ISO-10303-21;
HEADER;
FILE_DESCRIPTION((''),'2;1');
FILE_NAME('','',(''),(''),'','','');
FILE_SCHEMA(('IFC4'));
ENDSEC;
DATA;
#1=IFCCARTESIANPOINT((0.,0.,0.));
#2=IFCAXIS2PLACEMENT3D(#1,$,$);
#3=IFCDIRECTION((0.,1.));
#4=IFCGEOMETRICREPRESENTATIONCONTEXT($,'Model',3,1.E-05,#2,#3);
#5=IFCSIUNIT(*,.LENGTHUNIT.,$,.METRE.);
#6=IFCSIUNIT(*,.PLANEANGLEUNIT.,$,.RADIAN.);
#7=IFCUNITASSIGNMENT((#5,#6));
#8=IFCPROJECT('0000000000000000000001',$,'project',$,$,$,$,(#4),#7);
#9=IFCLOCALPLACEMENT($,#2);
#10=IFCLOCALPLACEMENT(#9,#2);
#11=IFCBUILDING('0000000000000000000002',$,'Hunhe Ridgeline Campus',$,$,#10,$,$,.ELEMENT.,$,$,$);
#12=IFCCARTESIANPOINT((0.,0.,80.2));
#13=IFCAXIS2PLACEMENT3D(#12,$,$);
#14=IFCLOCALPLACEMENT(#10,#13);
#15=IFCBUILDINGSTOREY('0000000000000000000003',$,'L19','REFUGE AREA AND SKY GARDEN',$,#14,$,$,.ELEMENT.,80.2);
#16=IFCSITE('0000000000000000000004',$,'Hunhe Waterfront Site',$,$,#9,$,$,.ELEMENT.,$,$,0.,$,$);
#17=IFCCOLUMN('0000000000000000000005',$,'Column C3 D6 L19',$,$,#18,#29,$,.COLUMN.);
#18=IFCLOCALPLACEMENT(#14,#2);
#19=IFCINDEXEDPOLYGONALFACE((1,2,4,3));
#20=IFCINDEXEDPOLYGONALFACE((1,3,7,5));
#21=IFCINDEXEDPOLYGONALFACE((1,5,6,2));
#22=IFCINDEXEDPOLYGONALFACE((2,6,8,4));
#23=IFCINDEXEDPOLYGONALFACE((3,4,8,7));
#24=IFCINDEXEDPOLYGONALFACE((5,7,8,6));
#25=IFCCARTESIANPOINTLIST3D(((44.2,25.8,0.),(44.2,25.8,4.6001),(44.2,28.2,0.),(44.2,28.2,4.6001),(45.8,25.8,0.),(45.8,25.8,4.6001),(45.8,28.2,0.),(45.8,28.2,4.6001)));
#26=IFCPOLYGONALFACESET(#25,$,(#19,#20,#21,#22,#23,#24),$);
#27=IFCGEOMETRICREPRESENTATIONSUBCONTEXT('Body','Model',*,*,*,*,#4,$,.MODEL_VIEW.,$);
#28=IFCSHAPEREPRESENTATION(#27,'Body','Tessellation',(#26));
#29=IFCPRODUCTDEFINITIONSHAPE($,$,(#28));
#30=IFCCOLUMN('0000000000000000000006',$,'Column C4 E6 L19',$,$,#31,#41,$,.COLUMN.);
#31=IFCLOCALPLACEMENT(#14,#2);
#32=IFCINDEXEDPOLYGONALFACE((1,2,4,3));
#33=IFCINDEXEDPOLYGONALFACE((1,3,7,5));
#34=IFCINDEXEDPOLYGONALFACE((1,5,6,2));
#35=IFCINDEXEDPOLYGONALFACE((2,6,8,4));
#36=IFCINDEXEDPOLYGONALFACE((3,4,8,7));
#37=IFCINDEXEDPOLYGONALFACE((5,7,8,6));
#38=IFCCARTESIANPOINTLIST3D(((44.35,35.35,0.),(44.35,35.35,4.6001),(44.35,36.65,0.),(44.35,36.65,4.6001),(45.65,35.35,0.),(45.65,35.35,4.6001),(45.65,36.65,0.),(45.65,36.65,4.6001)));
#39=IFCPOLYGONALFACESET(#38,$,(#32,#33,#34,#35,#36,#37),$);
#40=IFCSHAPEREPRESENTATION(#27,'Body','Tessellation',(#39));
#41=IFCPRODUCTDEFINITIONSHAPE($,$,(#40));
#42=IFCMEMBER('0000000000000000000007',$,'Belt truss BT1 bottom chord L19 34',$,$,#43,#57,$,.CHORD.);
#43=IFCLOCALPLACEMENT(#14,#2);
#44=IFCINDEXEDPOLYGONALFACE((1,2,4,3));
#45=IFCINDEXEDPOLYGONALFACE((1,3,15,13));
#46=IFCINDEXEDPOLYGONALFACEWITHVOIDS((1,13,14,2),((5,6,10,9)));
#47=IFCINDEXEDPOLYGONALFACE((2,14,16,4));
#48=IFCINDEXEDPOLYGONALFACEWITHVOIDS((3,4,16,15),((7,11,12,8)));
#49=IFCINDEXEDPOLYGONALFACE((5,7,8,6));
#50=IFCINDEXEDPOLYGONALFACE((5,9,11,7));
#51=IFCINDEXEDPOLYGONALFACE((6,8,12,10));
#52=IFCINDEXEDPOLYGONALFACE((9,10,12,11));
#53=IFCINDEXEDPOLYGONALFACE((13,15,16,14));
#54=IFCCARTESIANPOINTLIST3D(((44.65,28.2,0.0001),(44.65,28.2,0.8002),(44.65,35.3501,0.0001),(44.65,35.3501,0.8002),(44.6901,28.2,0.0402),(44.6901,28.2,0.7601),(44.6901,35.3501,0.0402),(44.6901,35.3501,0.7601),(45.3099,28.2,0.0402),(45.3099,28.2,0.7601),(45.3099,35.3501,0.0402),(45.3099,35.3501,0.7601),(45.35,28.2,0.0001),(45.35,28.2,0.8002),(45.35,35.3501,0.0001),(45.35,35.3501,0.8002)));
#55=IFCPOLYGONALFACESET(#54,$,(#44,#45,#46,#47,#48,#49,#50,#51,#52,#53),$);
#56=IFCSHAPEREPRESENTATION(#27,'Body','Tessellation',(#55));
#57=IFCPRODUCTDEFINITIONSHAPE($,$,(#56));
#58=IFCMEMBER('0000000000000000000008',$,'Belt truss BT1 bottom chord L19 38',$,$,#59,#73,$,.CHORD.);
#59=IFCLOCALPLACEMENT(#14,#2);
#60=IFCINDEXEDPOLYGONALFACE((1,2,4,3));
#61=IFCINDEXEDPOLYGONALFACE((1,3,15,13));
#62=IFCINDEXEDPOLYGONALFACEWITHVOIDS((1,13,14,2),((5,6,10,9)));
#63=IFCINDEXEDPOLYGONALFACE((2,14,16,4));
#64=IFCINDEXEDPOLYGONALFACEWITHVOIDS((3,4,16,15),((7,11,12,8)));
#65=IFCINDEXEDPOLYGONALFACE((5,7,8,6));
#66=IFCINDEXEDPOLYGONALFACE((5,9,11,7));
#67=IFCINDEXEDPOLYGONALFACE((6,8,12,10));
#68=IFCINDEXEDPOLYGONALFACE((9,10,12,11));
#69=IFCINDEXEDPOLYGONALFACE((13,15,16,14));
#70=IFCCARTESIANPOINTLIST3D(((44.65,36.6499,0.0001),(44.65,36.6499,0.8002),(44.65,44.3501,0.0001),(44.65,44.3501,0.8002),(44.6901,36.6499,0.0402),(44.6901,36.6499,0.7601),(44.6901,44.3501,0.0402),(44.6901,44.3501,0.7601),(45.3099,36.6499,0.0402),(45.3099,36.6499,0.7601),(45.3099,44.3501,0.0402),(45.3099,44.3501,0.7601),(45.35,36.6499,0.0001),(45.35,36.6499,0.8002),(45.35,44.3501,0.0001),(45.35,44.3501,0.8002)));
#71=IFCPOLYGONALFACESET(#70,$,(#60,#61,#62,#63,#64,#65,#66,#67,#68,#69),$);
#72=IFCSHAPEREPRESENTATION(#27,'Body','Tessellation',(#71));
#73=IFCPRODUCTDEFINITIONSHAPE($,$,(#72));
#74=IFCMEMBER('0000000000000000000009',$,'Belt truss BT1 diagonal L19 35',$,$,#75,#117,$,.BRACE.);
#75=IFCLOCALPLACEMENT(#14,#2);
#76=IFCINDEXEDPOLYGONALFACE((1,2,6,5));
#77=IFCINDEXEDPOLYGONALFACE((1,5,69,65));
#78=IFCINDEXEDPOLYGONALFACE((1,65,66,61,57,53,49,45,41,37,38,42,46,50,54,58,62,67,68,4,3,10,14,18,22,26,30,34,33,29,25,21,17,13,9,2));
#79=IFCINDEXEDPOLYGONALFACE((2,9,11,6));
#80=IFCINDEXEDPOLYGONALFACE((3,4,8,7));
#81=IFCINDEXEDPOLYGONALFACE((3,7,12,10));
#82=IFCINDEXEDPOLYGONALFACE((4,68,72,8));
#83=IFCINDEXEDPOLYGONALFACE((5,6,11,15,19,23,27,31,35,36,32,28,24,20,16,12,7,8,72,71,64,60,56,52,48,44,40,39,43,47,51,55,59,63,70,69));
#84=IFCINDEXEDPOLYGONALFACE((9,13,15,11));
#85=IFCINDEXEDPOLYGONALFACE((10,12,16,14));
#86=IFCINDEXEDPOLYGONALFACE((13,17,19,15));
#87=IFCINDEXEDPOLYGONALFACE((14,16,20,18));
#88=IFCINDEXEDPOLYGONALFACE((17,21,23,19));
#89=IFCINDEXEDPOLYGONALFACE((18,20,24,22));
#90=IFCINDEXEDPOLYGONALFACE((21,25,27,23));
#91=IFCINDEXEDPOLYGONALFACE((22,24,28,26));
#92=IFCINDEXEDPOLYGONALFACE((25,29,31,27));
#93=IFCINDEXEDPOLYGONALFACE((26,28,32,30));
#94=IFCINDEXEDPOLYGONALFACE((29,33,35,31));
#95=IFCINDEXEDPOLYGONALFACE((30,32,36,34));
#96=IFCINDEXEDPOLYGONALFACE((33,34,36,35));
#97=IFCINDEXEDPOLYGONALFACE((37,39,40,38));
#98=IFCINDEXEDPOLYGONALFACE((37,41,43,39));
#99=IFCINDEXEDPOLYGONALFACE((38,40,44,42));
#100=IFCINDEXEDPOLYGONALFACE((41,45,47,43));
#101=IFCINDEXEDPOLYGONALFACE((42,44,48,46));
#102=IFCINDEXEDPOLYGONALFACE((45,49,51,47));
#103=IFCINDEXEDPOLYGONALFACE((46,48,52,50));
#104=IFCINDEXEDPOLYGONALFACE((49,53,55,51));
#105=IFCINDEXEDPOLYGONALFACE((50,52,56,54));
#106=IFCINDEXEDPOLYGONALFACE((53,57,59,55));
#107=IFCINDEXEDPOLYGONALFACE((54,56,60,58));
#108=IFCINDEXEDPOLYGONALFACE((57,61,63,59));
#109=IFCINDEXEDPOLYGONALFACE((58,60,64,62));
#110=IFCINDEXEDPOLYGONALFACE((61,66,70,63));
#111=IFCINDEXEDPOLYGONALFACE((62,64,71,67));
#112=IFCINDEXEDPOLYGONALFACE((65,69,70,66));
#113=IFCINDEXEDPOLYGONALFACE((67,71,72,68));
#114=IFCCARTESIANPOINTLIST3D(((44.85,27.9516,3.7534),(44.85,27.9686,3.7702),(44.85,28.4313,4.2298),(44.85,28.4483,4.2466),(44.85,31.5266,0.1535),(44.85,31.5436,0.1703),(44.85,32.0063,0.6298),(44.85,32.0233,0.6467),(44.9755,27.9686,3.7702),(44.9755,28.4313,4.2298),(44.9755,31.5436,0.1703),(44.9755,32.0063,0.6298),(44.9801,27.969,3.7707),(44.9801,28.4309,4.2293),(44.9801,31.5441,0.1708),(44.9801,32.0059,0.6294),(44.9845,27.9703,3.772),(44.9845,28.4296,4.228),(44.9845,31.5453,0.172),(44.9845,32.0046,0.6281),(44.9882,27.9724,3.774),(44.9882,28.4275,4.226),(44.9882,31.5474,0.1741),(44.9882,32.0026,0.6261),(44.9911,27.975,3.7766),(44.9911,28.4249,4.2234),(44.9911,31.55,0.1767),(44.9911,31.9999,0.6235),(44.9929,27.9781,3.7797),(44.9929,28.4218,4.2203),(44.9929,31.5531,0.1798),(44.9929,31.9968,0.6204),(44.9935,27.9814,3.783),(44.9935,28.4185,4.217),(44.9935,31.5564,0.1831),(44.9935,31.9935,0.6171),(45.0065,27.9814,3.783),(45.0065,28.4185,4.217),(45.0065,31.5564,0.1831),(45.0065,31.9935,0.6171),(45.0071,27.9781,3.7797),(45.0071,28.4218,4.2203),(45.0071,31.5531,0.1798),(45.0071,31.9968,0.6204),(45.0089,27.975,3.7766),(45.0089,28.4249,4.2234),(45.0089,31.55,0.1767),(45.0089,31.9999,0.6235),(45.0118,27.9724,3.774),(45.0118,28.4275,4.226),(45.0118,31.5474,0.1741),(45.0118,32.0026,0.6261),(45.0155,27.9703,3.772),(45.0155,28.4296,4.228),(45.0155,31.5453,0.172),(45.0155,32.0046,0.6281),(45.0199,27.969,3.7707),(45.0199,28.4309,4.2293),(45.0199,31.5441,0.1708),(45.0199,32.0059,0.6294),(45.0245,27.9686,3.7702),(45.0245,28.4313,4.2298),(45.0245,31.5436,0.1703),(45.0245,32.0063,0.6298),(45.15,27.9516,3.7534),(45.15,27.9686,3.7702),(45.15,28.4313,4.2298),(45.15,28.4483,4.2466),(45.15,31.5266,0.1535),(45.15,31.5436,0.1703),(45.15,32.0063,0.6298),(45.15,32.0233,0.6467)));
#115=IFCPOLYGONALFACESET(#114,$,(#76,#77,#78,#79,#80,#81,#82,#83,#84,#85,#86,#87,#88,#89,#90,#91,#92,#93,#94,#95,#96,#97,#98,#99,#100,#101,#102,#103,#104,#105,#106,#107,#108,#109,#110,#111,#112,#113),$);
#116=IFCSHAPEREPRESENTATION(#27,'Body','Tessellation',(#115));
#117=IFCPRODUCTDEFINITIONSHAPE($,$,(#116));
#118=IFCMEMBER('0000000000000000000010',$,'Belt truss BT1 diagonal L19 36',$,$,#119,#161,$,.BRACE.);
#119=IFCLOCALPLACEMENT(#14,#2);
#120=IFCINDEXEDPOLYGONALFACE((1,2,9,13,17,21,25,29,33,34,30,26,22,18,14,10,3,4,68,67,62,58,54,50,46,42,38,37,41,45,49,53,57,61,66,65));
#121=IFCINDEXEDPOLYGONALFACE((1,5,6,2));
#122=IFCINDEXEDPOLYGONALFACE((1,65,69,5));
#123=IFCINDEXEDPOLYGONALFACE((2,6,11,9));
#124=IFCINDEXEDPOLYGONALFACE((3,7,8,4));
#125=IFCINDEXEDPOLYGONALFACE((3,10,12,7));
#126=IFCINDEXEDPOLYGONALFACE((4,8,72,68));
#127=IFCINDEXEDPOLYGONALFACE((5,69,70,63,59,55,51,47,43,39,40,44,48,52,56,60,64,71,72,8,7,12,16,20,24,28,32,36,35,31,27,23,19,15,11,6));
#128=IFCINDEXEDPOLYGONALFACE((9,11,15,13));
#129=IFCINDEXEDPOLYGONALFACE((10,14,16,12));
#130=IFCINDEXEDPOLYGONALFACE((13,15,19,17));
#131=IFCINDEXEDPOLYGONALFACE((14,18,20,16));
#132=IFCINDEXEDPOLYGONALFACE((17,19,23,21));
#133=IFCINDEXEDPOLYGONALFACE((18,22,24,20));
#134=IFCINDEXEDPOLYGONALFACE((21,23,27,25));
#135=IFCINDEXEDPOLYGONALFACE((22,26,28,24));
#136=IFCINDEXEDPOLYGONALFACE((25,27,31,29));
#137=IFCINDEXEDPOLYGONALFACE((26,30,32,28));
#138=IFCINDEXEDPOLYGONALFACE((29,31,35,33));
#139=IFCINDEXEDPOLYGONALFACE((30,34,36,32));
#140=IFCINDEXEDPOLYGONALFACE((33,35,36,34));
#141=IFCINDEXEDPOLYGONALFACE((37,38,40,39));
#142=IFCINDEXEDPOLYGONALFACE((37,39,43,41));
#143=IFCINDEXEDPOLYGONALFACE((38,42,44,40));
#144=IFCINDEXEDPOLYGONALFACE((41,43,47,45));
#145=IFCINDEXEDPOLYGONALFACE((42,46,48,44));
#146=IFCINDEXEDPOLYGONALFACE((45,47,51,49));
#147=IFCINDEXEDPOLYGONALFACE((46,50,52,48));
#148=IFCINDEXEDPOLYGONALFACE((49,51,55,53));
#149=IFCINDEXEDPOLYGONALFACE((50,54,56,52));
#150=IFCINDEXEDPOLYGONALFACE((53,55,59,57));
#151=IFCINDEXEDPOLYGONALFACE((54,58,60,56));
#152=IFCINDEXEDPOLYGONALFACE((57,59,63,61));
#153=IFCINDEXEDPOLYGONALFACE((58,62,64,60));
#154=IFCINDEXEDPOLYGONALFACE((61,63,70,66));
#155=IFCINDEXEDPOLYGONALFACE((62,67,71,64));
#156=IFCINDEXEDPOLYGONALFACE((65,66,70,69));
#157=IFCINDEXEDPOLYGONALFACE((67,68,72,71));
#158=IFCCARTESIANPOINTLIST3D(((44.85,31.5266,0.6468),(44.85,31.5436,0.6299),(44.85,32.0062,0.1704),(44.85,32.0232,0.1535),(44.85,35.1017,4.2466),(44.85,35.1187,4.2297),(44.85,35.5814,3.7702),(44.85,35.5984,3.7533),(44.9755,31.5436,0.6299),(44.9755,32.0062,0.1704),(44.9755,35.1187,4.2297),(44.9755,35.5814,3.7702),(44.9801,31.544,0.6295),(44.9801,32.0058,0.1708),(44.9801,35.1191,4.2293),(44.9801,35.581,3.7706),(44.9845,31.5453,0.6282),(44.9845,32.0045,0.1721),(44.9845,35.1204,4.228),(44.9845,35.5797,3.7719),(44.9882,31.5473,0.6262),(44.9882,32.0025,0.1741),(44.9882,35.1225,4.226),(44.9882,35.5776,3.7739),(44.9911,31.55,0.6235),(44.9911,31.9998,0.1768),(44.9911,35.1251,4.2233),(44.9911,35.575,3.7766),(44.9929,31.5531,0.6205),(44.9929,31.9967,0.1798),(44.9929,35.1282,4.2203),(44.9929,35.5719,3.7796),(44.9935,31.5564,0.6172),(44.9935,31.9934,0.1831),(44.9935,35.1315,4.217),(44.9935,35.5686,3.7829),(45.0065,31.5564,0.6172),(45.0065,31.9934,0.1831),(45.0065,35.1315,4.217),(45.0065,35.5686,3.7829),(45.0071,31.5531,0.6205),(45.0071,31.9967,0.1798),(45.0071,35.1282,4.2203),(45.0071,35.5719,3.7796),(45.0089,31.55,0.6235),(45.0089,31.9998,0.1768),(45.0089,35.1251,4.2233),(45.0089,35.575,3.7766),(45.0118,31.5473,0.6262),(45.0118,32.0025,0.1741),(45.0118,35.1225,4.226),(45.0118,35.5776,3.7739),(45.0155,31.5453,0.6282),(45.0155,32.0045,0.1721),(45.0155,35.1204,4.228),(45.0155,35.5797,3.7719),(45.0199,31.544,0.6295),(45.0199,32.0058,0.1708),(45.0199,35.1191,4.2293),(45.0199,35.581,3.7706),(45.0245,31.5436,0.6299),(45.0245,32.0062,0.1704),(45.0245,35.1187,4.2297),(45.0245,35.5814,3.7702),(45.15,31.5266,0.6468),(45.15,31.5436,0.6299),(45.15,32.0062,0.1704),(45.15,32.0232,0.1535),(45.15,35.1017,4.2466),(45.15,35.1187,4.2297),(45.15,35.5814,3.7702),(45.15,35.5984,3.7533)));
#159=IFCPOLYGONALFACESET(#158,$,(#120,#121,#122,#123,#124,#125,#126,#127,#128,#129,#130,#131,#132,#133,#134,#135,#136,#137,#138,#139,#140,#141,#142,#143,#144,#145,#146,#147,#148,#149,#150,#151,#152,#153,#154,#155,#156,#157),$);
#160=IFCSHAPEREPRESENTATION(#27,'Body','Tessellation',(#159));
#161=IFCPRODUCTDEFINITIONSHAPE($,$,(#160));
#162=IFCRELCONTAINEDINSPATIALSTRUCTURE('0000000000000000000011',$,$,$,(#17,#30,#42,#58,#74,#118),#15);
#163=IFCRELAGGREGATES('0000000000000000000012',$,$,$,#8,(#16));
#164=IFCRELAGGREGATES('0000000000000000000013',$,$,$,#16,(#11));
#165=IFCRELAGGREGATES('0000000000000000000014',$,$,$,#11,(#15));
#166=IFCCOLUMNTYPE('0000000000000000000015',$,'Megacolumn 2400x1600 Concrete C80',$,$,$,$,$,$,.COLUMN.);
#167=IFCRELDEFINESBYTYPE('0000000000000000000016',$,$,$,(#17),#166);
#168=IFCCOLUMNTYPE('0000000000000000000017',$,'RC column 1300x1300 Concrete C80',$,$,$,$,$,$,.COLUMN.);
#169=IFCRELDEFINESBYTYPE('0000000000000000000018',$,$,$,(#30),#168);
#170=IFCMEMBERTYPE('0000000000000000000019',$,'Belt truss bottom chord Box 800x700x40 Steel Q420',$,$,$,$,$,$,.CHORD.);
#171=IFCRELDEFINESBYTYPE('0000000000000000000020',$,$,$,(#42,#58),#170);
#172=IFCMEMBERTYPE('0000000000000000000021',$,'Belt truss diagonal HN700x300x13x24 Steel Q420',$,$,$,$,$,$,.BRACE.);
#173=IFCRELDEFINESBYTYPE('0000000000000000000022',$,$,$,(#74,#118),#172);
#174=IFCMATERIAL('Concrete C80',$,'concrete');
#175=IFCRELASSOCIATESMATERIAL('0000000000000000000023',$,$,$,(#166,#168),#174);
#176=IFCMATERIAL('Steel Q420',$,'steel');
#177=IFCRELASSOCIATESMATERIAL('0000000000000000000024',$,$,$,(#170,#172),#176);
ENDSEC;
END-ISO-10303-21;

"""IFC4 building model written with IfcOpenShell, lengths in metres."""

from ifc_helpers import new_model, si_unit, direction, frame, origin, origin_2d, place, context, subcontext, project, spatial, rectangle, hollow_rectangle, i_section, extrude, material, material_profile, profile_set, type_object, element, save


model = new_model("IFC4")

# Units and contexts
model_context = context("Model", 3, precision=1e-05, world=origin(), true_north=direction((0.0, 1.0)))
body_context = subcontext(model_context, "Body", "Model", "MODEL_VIEW")
ifc_project = project(units=[si_unit("LENGTHUNIT", "METRE"), si_unit("PLANEANGLEUNIT", "RADIAN")], contexts=[model_context])

# Site, building, storey
site_placement = place(None, origin())
site = spatial("IfcSite", under=ifc_project, at=site_placement, Name="Hunhe Waterfront Site", CompositionType="ELEMENT", RefElevation=0.0)
building_placement = place(site_placement, origin())
building = spatial("IfcBuilding", under=site, at=building_placement, Name="Hunhe Ridgeline Campus", CompositionType="ELEMENT")
storey_placement = place(building_placement, frame((0.0, 0.0, 80.2)))
storey = spatial("IfcBuildingStorey", under=building, at=storey_placement, Name="L19", Description="REFUGE AREA AND SKY GARDEN", CompositionType="ELEMENT", Elevation=80.2)

# Columns
ifc_material_1 = material(Name="Concrete C80", Category="concrete")
ifc_material_profile_1 = material_profile(ifc_material_1, rectangle(XDim=2.3999, YDim=1.6001, at=origin_2d()))
ifc_profile_set_1 = profile_set([ifc_material_profile_1], Name="Concrete C80")
column_type_1 = type_object("IfcColumnType", Name="Megacolumn 2400x1600 Concrete C80", PredefinedType="COLUMN", material=ifc_profile_set_1)
column_1_placement = place(storey_placement, frame((45.0, 27.0, 0.0), z_axis=(0.0, 0.0, 1.0), x_axis=(0.0, 1.0, 0.0)))
element("IfcColumn", 1, at=column_1_placement, inside=storey, type_object=column_type_1, Name="Column C3 D6 L19", PredefinedType="COLUMN", context=body_context, shape_type="SweptSolid", body=[
    extrude(rectangle(XDim=2.3999, YDim=1.6001, at=origin_2d()), origin(), (0.0, 0.0, 1.0), 4.6001),
])
ifc_material_profile_2 = material_profile(ifc_material_1, rectangle(XDim=1.3, YDim=1.3, at=origin_2d()))
ifc_profile_set_2 = profile_set([ifc_material_profile_2], Name="Concrete C80")
column_type_2 = type_object("IfcColumnType", Name="RC column 1300x1300 Concrete C80", PredefinedType="COLUMN", material=ifc_profile_set_2)
column_2_placement = place(storey_placement, frame((45.0, 36.0, 0.0), z_axis=(0.0, 0.0, 1.0), x_axis=(1.0, 0.0, 0.0)))
element("IfcColumn", 2, at=column_2_placement, inside=storey, type_object=column_type_2, Name="Column C4 E6 L19", PredefinedType="COLUMN", context=body_context, shape_type="SweptSolid", body=[
    extrude(rectangle(XDim=1.3, YDim=1.3, at=origin_2d()), origin(), (0.0, 0.0, 1.0), 4.6001),
])

# Members
ifc_material_2 = material(Name="Steel Q420", Category="steel")
ifc_material_profile_3 = material_profile(ifc_material_2, hollow_rectangle(XDim=0.7, YDim=0.8, WallThickness=0.04, at=origin_2d()))
ifc_profile_set_3 = profile_set([ifc_material_profile_3], Name="Steel Q420")
member_type_1 = type_object("IfcMemberType", Name="Belt truss bottom chord Box 800x700x40 Steel Q420", PredefinedType="CHORD", material=ifc_profile_set_3)
member_1_placement = place(storey_placement, frame((45.0, 28.2, 0.4001), z_axis=(0.0, 1.0, 0.0), x_axis=(-1.0, 0.0, 0.0)))
element("IfcMember", 3, at=member_1_placement, inside=storey, type_object=member_type_1, Name="Belt truss BT1 bottom chord L19 34", PredefinedType="CHORD", context=body_context, shape_type="SweptSolid", body=[
    extrude(hollow_rectangle(XDim=0.7, YDim=0.8, WallThickness=0.04, at=origin_2d()), origin(), (0.0, 0.0, 1.0), 7.1501),
])
member_2_placement = place(storey_placement, frame((45.0, 36.6499, 0.4001), z_axis=(0.0, 1.0, 0.0), x_axis=(-1.0, 0.0, 0.0)))
element("IfcMember", 4, at=member_2_placement, inside=storey, type_object=member_type_1, Name="Belt truss BT1 bottom chord L19 38", PredefinedType="CHORD", context=body_context, shape_type="SweptSolid", body=[
    extrude(hollow_rectangle(XDim=0.7, YDim=0.8, WallThickness=0.04, at=origin_2d()), origin(), (0.0, 0.0, 1.0), 7.7002),
])
ifc_material_profile_4 = material_profile(ifc_material_2, i_section(OverallWidth=0.3, OverallDepth=0.7, WebThickness=0.0129, FlangeThickness=0.0239, FilletRadius=0.0181, at=origin_2d()))
ifc_profile_set_4 = profile_set([ifc_material_profile_4], Name="Steel Q420")
member_type_2 = type_object("IfcMemberType", Name="Belt truss diagonal HN700x300x13x24 Steel Q420", PredefinedType="BRACE", material=ifc_profile_set_4)
for number, where, z_axis, x_axis, name in (
    (5, (45.0, 28.2, 4.0), (0.0, 0.704648, -0.709557), (-1.0, 0.0, 0.0), "Belt truss BT1 diagonal L19 35"),
    (6, (45.0, 31.7749, 0.4001), (0.0, 0.704673, 0.709533), (-1.0, 0.0, 0.0), "Belt truss BT1 diagonal L19 36"),
):
    element("IfcMember", number, at=place(storey_placement, frame(where, z_axis=z_axis, x_axis=x_axis)), inside=storey, type_object=member_type_2, Name=name, PredefinedType="BRACE", context=body_context, shape_type="SweptSolid", body=[
        extrude(i_section(OverallWidth=0.3, OverallDepth=0.7, WebThickness=0.0129, FlangeThickness=0.0239, FilletRadius=0.0181, at=origin_2d()), origin(), (0.0, 0.0, 1.0), 5.0735),
    ])

save(model, "model.ifc")
